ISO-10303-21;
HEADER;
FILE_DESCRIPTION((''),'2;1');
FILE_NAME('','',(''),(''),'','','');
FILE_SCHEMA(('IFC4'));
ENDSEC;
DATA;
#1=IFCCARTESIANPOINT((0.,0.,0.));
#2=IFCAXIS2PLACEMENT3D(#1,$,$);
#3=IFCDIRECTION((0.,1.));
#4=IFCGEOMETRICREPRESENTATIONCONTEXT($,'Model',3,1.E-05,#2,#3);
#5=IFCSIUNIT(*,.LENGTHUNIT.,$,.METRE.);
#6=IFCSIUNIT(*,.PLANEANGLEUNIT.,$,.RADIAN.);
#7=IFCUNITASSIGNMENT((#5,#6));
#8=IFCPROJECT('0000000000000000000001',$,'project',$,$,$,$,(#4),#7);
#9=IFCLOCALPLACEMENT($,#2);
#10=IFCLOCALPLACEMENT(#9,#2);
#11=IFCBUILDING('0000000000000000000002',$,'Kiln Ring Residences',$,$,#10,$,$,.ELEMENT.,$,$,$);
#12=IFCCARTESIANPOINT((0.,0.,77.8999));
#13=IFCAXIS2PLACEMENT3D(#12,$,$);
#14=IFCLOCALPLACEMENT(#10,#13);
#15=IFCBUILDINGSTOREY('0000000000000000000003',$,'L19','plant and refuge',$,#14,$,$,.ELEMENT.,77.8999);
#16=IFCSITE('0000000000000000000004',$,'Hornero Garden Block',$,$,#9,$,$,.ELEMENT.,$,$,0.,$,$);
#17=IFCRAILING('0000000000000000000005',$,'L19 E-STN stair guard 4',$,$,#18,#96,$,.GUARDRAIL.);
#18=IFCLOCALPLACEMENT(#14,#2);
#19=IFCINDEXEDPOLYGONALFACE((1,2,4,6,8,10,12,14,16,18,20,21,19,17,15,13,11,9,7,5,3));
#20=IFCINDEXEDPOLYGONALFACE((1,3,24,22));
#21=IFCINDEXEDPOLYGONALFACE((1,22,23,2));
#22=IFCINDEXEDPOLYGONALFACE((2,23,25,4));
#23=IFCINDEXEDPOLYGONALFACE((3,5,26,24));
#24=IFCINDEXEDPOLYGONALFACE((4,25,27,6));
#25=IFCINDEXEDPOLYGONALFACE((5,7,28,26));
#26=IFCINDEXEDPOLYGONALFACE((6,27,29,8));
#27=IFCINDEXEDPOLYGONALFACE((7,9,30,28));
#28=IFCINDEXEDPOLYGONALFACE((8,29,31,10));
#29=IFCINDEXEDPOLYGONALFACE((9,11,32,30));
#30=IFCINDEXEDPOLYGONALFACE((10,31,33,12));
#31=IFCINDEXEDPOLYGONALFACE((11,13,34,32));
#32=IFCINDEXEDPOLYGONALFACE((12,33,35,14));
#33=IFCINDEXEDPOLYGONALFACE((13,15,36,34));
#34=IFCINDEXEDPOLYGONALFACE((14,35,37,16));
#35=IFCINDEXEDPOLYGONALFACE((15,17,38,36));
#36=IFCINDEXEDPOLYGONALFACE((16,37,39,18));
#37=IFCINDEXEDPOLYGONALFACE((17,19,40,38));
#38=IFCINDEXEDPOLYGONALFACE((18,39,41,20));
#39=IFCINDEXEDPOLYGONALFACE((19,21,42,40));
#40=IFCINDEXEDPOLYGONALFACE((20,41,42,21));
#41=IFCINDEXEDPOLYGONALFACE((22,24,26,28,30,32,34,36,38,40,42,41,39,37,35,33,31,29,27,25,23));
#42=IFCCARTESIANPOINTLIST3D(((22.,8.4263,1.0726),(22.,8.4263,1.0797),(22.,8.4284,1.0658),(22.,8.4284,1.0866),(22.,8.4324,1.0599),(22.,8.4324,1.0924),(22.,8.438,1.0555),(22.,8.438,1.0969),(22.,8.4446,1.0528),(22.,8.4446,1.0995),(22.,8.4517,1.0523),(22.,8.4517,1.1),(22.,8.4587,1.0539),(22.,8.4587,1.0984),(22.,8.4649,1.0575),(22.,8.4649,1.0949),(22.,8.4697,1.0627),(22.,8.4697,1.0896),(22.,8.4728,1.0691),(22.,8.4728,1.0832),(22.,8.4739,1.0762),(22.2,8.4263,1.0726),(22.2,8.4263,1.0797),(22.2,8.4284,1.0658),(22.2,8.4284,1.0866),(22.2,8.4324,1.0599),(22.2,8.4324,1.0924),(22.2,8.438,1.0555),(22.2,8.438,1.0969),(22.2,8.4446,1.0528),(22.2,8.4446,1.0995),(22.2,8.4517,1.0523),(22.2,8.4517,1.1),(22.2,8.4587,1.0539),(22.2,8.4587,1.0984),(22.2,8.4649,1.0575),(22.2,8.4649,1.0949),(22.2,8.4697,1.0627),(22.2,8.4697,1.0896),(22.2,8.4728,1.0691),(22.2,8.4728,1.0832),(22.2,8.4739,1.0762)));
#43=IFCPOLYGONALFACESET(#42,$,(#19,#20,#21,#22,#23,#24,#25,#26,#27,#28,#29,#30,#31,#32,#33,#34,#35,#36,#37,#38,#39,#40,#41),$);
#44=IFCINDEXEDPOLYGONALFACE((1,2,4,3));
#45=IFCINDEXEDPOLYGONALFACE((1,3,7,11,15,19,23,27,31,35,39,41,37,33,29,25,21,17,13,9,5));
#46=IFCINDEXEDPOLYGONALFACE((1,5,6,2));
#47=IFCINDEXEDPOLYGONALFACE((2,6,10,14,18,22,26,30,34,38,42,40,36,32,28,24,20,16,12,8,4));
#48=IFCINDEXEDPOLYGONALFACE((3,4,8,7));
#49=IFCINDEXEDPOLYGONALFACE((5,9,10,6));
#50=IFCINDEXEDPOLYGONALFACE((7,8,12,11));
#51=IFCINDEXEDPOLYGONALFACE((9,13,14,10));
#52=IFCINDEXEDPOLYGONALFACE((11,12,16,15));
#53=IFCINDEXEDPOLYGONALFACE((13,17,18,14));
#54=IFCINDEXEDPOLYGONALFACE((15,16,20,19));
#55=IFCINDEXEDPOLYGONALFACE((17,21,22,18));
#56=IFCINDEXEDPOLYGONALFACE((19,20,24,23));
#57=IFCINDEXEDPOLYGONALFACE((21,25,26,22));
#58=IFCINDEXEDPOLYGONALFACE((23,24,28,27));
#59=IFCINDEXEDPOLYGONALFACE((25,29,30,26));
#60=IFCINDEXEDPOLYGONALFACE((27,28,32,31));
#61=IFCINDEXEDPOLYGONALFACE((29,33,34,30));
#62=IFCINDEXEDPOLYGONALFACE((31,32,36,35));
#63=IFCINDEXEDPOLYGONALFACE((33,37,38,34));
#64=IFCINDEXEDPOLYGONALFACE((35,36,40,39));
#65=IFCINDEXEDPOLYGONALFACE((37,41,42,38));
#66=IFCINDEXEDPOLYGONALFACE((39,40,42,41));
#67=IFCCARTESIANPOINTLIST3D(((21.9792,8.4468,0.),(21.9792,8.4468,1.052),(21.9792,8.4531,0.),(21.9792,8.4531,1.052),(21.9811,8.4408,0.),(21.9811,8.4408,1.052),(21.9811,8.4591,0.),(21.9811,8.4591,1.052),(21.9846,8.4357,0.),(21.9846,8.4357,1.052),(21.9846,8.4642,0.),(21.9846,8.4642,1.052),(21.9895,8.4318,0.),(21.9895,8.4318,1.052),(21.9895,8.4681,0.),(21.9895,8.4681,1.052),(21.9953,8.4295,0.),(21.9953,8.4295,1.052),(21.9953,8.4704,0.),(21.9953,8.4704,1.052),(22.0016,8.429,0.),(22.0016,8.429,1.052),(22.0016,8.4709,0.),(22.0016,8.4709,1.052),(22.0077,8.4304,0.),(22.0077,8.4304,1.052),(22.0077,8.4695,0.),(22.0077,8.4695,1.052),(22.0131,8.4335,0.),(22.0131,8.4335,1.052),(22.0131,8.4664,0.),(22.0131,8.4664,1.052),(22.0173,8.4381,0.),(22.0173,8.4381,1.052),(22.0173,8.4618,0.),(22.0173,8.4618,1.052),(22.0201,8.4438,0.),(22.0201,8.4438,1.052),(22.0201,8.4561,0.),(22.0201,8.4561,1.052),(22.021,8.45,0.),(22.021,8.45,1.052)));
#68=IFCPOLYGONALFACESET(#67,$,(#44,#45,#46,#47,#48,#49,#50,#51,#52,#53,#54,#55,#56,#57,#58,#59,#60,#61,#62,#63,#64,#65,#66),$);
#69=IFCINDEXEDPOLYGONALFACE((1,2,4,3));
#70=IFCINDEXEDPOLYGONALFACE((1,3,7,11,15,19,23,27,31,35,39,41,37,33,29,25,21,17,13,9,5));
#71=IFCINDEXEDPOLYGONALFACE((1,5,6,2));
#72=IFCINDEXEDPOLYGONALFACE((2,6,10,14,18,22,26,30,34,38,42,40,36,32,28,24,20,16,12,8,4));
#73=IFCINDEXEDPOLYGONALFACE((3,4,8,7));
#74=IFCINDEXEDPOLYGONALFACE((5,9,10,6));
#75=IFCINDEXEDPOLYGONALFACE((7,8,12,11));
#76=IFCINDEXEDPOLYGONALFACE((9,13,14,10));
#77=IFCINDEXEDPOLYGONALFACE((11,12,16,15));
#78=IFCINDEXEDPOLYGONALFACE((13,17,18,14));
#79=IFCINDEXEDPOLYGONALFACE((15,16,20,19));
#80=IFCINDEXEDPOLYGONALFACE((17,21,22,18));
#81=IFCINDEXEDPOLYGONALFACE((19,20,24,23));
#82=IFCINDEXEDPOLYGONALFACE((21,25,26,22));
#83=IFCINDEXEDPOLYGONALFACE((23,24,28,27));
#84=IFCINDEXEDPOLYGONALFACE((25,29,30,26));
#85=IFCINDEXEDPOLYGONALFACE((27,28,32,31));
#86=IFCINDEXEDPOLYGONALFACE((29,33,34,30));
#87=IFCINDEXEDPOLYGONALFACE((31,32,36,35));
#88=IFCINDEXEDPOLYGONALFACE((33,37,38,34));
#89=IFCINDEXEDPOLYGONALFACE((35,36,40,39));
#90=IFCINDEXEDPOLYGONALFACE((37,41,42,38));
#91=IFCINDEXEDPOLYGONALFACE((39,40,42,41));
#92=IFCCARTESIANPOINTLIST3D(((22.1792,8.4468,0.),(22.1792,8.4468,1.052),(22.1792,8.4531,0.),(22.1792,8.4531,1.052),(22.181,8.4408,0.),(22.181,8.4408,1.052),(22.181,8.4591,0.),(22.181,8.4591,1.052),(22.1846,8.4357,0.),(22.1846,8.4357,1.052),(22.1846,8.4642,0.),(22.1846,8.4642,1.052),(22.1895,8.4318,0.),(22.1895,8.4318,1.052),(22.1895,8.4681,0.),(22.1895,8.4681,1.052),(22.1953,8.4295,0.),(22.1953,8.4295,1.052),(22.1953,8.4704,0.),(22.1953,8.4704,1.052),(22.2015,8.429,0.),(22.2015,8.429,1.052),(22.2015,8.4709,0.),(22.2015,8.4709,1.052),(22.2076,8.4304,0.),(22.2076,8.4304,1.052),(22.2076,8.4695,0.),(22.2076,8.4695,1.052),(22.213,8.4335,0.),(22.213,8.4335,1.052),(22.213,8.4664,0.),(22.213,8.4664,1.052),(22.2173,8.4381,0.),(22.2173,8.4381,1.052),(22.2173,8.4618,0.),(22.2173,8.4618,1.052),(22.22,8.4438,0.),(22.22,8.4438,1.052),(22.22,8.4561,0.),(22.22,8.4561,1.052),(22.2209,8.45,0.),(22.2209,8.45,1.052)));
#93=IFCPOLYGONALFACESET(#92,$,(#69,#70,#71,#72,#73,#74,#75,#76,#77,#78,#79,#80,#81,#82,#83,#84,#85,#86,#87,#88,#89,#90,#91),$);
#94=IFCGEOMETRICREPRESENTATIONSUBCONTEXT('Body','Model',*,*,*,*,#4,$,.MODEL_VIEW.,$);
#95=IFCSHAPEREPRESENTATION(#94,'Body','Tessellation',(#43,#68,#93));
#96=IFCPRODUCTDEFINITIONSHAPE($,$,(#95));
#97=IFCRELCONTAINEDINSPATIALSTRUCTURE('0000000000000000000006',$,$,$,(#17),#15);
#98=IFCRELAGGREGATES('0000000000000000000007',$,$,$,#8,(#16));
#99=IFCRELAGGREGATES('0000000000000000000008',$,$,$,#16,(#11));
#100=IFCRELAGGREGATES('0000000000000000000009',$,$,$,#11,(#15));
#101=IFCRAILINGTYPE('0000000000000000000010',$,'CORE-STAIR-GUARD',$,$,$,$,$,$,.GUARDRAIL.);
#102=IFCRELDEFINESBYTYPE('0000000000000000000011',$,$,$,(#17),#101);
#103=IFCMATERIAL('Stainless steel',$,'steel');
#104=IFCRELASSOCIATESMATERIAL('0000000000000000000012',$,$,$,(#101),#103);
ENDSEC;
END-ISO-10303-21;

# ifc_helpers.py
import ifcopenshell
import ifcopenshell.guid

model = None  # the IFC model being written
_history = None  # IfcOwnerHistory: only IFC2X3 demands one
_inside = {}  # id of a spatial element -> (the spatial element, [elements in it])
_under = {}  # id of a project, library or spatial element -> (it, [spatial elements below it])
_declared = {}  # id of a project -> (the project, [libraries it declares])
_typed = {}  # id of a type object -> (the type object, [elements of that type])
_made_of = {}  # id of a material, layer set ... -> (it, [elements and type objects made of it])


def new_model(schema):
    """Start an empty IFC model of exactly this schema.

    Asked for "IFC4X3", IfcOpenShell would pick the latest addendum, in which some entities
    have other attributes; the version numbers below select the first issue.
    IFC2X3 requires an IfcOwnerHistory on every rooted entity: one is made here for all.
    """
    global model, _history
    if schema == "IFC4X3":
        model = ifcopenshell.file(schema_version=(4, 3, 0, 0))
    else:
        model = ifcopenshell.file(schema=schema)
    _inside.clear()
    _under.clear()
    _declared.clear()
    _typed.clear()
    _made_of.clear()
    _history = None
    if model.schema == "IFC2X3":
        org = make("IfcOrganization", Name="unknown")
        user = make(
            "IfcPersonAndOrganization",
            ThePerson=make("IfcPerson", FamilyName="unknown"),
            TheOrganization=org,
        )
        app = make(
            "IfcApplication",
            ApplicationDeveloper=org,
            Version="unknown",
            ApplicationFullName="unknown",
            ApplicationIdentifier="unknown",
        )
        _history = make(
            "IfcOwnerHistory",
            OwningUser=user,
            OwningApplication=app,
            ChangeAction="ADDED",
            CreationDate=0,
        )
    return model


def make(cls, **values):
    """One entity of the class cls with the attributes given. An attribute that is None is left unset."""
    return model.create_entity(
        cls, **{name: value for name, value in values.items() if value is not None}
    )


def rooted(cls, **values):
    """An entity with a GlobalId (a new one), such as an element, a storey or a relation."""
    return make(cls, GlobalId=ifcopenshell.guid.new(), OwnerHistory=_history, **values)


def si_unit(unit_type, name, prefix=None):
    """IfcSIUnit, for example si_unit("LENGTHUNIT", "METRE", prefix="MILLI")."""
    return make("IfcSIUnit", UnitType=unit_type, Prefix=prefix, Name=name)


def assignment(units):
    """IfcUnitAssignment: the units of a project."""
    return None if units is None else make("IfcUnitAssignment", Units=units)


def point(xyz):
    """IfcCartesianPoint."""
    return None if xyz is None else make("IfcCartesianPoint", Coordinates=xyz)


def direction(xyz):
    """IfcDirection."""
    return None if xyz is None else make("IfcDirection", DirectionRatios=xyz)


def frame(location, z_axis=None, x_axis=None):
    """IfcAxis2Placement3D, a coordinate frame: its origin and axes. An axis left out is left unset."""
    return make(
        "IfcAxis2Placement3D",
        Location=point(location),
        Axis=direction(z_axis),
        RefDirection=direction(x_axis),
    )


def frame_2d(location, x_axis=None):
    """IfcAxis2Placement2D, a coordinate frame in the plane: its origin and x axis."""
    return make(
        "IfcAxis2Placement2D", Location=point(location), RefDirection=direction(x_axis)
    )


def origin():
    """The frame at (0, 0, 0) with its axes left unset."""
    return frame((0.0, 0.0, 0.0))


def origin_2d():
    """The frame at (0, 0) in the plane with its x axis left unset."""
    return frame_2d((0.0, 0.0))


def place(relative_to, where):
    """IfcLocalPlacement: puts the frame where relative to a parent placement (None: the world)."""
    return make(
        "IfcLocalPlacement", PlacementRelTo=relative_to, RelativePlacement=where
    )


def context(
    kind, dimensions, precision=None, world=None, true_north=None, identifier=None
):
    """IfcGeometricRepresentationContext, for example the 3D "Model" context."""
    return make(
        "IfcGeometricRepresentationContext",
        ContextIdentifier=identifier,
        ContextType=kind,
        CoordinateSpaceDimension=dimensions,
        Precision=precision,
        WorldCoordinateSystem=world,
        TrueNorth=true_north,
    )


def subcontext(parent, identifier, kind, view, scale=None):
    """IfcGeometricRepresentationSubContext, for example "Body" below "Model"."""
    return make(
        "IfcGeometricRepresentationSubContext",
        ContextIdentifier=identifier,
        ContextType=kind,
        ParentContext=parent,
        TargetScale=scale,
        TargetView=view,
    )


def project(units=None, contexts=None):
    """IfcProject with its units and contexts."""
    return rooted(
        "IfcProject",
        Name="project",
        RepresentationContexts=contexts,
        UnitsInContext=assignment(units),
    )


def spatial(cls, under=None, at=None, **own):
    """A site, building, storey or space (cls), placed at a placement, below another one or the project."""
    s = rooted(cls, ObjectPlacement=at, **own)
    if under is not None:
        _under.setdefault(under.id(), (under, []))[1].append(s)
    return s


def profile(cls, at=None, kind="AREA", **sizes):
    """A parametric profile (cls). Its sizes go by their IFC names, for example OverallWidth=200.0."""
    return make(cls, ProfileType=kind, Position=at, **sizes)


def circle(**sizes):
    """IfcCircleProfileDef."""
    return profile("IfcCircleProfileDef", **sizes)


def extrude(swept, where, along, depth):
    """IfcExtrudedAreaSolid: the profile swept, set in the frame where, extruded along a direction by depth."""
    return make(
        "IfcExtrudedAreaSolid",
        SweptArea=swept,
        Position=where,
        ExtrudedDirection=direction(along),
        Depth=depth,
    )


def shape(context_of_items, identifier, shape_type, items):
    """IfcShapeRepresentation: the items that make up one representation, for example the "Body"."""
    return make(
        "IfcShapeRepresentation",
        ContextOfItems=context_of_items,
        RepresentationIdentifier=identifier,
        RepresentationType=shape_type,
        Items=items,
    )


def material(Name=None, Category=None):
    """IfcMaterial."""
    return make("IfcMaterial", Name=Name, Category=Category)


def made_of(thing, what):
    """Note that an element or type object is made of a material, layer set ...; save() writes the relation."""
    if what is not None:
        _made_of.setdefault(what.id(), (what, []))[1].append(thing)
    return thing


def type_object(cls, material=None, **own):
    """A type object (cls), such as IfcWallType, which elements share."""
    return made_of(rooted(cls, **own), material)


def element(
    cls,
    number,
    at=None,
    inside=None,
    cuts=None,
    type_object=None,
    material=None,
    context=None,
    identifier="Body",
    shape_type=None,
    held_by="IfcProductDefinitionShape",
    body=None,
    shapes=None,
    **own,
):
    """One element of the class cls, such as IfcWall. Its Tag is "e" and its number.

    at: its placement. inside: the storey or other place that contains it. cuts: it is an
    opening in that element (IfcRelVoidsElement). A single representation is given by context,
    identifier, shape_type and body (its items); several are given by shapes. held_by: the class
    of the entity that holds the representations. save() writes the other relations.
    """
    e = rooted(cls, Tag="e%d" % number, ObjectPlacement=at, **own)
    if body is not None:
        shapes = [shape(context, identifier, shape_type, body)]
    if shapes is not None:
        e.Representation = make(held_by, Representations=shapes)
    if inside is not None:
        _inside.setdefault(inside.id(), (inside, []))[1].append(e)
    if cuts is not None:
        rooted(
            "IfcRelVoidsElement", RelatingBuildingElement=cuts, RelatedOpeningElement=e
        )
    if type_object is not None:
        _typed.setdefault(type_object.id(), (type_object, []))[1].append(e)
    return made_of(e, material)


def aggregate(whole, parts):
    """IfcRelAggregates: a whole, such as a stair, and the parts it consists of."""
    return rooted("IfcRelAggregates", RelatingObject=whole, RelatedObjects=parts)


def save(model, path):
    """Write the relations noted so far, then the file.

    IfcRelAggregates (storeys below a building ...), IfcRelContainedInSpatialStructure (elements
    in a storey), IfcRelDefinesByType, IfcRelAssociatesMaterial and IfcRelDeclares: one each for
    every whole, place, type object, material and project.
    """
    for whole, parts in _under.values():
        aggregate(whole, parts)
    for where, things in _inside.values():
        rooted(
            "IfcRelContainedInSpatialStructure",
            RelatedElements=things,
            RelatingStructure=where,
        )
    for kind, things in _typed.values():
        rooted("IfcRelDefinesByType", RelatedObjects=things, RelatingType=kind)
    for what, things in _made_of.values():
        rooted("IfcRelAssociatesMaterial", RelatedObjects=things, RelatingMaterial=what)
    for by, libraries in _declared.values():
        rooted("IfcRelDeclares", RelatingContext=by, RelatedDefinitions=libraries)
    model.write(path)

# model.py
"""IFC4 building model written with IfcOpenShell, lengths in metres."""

from ifc_helpers import new_model, si_unit, direction, frame, origin, origin_2d, place, context, subcontext, project, spatial, circle, extrude, material, type_object, element, save


model = new_model("IFC4")

# Units and contexts
model_context = context("Model", 3, precision=1e-05, world=origin(), true_north=direction((0.0, 1.0)))
body_context = subcontext(model_context, "Body", "Model", "MODEL_VIEW")
ifc_project = project(units=[si_unit("LENGTHUNIT", "METRE"), si_unit("PLANEANGLEUNIT", "RADIAN")], contexts=[model_context])

# Site, building, storey
site_placement = place(None, origin())
site = spatial("IfcSite", under=ifc_project, at=site_placement, Name="Hornero Garden Block", CompositionType="ELEMENT", RefElevation=0.0)
building_placement = place(site_placement, origin())
building = spatial("IfcBuilding", under=site, at=building_placement, Name="Kiln Ring Residences", CompositionType="ELEMENT")
storey_placement = place(building_placement, frame((0.0, 0.0, 77.8999)))
storey = spatial("IfcBuildingStorey", under=building, at=storey_placement, Name="L19", Description="plant and refuge", CompositionType="ELEMENT", Elevation=77.8999)

# Railing
ifc_material_1 = material(Name="Stainless steel", Category="steel")
railing_type_1 = type_object("IfcRailingType", Name="CORE-STAIR-GUARD", PredefinedType="GUARDRAIL", material=ifc_material_1)
railing_1_placement = place(storey_placement, frame((22.0, 8.45, 0.0)))
element("IfcRailing", 1, at=railing_1_placement, inside=storey, type_object=railing_type_1, Name="L19 E-STN stair guard 4", PredefinedType="GUARDRAIL", context=body_context, shape_type="SweptSolid", body=[
    extrude(circle(Radius=0.0239, at=origin_2d()), frame((0.0, 0.0, 1.0762), z_axis=(1.0, 0.0, 0.0), x_axis=(0.0, 1.0, 0.0)), (0.0, 0.0, 1.0), 0.2),
    extrude(circle(Radius=0.021, at=origin_2d()), origin(), (0.0, 0.0, 1.0), 1.052),
    extrude(circle(Radius=0.021, at=origin_2d()), frame((0.2, 0.0, 0.0)), (0.0, 0.0, 1.0), 1.052),
])

save(model, "model.ifc")
